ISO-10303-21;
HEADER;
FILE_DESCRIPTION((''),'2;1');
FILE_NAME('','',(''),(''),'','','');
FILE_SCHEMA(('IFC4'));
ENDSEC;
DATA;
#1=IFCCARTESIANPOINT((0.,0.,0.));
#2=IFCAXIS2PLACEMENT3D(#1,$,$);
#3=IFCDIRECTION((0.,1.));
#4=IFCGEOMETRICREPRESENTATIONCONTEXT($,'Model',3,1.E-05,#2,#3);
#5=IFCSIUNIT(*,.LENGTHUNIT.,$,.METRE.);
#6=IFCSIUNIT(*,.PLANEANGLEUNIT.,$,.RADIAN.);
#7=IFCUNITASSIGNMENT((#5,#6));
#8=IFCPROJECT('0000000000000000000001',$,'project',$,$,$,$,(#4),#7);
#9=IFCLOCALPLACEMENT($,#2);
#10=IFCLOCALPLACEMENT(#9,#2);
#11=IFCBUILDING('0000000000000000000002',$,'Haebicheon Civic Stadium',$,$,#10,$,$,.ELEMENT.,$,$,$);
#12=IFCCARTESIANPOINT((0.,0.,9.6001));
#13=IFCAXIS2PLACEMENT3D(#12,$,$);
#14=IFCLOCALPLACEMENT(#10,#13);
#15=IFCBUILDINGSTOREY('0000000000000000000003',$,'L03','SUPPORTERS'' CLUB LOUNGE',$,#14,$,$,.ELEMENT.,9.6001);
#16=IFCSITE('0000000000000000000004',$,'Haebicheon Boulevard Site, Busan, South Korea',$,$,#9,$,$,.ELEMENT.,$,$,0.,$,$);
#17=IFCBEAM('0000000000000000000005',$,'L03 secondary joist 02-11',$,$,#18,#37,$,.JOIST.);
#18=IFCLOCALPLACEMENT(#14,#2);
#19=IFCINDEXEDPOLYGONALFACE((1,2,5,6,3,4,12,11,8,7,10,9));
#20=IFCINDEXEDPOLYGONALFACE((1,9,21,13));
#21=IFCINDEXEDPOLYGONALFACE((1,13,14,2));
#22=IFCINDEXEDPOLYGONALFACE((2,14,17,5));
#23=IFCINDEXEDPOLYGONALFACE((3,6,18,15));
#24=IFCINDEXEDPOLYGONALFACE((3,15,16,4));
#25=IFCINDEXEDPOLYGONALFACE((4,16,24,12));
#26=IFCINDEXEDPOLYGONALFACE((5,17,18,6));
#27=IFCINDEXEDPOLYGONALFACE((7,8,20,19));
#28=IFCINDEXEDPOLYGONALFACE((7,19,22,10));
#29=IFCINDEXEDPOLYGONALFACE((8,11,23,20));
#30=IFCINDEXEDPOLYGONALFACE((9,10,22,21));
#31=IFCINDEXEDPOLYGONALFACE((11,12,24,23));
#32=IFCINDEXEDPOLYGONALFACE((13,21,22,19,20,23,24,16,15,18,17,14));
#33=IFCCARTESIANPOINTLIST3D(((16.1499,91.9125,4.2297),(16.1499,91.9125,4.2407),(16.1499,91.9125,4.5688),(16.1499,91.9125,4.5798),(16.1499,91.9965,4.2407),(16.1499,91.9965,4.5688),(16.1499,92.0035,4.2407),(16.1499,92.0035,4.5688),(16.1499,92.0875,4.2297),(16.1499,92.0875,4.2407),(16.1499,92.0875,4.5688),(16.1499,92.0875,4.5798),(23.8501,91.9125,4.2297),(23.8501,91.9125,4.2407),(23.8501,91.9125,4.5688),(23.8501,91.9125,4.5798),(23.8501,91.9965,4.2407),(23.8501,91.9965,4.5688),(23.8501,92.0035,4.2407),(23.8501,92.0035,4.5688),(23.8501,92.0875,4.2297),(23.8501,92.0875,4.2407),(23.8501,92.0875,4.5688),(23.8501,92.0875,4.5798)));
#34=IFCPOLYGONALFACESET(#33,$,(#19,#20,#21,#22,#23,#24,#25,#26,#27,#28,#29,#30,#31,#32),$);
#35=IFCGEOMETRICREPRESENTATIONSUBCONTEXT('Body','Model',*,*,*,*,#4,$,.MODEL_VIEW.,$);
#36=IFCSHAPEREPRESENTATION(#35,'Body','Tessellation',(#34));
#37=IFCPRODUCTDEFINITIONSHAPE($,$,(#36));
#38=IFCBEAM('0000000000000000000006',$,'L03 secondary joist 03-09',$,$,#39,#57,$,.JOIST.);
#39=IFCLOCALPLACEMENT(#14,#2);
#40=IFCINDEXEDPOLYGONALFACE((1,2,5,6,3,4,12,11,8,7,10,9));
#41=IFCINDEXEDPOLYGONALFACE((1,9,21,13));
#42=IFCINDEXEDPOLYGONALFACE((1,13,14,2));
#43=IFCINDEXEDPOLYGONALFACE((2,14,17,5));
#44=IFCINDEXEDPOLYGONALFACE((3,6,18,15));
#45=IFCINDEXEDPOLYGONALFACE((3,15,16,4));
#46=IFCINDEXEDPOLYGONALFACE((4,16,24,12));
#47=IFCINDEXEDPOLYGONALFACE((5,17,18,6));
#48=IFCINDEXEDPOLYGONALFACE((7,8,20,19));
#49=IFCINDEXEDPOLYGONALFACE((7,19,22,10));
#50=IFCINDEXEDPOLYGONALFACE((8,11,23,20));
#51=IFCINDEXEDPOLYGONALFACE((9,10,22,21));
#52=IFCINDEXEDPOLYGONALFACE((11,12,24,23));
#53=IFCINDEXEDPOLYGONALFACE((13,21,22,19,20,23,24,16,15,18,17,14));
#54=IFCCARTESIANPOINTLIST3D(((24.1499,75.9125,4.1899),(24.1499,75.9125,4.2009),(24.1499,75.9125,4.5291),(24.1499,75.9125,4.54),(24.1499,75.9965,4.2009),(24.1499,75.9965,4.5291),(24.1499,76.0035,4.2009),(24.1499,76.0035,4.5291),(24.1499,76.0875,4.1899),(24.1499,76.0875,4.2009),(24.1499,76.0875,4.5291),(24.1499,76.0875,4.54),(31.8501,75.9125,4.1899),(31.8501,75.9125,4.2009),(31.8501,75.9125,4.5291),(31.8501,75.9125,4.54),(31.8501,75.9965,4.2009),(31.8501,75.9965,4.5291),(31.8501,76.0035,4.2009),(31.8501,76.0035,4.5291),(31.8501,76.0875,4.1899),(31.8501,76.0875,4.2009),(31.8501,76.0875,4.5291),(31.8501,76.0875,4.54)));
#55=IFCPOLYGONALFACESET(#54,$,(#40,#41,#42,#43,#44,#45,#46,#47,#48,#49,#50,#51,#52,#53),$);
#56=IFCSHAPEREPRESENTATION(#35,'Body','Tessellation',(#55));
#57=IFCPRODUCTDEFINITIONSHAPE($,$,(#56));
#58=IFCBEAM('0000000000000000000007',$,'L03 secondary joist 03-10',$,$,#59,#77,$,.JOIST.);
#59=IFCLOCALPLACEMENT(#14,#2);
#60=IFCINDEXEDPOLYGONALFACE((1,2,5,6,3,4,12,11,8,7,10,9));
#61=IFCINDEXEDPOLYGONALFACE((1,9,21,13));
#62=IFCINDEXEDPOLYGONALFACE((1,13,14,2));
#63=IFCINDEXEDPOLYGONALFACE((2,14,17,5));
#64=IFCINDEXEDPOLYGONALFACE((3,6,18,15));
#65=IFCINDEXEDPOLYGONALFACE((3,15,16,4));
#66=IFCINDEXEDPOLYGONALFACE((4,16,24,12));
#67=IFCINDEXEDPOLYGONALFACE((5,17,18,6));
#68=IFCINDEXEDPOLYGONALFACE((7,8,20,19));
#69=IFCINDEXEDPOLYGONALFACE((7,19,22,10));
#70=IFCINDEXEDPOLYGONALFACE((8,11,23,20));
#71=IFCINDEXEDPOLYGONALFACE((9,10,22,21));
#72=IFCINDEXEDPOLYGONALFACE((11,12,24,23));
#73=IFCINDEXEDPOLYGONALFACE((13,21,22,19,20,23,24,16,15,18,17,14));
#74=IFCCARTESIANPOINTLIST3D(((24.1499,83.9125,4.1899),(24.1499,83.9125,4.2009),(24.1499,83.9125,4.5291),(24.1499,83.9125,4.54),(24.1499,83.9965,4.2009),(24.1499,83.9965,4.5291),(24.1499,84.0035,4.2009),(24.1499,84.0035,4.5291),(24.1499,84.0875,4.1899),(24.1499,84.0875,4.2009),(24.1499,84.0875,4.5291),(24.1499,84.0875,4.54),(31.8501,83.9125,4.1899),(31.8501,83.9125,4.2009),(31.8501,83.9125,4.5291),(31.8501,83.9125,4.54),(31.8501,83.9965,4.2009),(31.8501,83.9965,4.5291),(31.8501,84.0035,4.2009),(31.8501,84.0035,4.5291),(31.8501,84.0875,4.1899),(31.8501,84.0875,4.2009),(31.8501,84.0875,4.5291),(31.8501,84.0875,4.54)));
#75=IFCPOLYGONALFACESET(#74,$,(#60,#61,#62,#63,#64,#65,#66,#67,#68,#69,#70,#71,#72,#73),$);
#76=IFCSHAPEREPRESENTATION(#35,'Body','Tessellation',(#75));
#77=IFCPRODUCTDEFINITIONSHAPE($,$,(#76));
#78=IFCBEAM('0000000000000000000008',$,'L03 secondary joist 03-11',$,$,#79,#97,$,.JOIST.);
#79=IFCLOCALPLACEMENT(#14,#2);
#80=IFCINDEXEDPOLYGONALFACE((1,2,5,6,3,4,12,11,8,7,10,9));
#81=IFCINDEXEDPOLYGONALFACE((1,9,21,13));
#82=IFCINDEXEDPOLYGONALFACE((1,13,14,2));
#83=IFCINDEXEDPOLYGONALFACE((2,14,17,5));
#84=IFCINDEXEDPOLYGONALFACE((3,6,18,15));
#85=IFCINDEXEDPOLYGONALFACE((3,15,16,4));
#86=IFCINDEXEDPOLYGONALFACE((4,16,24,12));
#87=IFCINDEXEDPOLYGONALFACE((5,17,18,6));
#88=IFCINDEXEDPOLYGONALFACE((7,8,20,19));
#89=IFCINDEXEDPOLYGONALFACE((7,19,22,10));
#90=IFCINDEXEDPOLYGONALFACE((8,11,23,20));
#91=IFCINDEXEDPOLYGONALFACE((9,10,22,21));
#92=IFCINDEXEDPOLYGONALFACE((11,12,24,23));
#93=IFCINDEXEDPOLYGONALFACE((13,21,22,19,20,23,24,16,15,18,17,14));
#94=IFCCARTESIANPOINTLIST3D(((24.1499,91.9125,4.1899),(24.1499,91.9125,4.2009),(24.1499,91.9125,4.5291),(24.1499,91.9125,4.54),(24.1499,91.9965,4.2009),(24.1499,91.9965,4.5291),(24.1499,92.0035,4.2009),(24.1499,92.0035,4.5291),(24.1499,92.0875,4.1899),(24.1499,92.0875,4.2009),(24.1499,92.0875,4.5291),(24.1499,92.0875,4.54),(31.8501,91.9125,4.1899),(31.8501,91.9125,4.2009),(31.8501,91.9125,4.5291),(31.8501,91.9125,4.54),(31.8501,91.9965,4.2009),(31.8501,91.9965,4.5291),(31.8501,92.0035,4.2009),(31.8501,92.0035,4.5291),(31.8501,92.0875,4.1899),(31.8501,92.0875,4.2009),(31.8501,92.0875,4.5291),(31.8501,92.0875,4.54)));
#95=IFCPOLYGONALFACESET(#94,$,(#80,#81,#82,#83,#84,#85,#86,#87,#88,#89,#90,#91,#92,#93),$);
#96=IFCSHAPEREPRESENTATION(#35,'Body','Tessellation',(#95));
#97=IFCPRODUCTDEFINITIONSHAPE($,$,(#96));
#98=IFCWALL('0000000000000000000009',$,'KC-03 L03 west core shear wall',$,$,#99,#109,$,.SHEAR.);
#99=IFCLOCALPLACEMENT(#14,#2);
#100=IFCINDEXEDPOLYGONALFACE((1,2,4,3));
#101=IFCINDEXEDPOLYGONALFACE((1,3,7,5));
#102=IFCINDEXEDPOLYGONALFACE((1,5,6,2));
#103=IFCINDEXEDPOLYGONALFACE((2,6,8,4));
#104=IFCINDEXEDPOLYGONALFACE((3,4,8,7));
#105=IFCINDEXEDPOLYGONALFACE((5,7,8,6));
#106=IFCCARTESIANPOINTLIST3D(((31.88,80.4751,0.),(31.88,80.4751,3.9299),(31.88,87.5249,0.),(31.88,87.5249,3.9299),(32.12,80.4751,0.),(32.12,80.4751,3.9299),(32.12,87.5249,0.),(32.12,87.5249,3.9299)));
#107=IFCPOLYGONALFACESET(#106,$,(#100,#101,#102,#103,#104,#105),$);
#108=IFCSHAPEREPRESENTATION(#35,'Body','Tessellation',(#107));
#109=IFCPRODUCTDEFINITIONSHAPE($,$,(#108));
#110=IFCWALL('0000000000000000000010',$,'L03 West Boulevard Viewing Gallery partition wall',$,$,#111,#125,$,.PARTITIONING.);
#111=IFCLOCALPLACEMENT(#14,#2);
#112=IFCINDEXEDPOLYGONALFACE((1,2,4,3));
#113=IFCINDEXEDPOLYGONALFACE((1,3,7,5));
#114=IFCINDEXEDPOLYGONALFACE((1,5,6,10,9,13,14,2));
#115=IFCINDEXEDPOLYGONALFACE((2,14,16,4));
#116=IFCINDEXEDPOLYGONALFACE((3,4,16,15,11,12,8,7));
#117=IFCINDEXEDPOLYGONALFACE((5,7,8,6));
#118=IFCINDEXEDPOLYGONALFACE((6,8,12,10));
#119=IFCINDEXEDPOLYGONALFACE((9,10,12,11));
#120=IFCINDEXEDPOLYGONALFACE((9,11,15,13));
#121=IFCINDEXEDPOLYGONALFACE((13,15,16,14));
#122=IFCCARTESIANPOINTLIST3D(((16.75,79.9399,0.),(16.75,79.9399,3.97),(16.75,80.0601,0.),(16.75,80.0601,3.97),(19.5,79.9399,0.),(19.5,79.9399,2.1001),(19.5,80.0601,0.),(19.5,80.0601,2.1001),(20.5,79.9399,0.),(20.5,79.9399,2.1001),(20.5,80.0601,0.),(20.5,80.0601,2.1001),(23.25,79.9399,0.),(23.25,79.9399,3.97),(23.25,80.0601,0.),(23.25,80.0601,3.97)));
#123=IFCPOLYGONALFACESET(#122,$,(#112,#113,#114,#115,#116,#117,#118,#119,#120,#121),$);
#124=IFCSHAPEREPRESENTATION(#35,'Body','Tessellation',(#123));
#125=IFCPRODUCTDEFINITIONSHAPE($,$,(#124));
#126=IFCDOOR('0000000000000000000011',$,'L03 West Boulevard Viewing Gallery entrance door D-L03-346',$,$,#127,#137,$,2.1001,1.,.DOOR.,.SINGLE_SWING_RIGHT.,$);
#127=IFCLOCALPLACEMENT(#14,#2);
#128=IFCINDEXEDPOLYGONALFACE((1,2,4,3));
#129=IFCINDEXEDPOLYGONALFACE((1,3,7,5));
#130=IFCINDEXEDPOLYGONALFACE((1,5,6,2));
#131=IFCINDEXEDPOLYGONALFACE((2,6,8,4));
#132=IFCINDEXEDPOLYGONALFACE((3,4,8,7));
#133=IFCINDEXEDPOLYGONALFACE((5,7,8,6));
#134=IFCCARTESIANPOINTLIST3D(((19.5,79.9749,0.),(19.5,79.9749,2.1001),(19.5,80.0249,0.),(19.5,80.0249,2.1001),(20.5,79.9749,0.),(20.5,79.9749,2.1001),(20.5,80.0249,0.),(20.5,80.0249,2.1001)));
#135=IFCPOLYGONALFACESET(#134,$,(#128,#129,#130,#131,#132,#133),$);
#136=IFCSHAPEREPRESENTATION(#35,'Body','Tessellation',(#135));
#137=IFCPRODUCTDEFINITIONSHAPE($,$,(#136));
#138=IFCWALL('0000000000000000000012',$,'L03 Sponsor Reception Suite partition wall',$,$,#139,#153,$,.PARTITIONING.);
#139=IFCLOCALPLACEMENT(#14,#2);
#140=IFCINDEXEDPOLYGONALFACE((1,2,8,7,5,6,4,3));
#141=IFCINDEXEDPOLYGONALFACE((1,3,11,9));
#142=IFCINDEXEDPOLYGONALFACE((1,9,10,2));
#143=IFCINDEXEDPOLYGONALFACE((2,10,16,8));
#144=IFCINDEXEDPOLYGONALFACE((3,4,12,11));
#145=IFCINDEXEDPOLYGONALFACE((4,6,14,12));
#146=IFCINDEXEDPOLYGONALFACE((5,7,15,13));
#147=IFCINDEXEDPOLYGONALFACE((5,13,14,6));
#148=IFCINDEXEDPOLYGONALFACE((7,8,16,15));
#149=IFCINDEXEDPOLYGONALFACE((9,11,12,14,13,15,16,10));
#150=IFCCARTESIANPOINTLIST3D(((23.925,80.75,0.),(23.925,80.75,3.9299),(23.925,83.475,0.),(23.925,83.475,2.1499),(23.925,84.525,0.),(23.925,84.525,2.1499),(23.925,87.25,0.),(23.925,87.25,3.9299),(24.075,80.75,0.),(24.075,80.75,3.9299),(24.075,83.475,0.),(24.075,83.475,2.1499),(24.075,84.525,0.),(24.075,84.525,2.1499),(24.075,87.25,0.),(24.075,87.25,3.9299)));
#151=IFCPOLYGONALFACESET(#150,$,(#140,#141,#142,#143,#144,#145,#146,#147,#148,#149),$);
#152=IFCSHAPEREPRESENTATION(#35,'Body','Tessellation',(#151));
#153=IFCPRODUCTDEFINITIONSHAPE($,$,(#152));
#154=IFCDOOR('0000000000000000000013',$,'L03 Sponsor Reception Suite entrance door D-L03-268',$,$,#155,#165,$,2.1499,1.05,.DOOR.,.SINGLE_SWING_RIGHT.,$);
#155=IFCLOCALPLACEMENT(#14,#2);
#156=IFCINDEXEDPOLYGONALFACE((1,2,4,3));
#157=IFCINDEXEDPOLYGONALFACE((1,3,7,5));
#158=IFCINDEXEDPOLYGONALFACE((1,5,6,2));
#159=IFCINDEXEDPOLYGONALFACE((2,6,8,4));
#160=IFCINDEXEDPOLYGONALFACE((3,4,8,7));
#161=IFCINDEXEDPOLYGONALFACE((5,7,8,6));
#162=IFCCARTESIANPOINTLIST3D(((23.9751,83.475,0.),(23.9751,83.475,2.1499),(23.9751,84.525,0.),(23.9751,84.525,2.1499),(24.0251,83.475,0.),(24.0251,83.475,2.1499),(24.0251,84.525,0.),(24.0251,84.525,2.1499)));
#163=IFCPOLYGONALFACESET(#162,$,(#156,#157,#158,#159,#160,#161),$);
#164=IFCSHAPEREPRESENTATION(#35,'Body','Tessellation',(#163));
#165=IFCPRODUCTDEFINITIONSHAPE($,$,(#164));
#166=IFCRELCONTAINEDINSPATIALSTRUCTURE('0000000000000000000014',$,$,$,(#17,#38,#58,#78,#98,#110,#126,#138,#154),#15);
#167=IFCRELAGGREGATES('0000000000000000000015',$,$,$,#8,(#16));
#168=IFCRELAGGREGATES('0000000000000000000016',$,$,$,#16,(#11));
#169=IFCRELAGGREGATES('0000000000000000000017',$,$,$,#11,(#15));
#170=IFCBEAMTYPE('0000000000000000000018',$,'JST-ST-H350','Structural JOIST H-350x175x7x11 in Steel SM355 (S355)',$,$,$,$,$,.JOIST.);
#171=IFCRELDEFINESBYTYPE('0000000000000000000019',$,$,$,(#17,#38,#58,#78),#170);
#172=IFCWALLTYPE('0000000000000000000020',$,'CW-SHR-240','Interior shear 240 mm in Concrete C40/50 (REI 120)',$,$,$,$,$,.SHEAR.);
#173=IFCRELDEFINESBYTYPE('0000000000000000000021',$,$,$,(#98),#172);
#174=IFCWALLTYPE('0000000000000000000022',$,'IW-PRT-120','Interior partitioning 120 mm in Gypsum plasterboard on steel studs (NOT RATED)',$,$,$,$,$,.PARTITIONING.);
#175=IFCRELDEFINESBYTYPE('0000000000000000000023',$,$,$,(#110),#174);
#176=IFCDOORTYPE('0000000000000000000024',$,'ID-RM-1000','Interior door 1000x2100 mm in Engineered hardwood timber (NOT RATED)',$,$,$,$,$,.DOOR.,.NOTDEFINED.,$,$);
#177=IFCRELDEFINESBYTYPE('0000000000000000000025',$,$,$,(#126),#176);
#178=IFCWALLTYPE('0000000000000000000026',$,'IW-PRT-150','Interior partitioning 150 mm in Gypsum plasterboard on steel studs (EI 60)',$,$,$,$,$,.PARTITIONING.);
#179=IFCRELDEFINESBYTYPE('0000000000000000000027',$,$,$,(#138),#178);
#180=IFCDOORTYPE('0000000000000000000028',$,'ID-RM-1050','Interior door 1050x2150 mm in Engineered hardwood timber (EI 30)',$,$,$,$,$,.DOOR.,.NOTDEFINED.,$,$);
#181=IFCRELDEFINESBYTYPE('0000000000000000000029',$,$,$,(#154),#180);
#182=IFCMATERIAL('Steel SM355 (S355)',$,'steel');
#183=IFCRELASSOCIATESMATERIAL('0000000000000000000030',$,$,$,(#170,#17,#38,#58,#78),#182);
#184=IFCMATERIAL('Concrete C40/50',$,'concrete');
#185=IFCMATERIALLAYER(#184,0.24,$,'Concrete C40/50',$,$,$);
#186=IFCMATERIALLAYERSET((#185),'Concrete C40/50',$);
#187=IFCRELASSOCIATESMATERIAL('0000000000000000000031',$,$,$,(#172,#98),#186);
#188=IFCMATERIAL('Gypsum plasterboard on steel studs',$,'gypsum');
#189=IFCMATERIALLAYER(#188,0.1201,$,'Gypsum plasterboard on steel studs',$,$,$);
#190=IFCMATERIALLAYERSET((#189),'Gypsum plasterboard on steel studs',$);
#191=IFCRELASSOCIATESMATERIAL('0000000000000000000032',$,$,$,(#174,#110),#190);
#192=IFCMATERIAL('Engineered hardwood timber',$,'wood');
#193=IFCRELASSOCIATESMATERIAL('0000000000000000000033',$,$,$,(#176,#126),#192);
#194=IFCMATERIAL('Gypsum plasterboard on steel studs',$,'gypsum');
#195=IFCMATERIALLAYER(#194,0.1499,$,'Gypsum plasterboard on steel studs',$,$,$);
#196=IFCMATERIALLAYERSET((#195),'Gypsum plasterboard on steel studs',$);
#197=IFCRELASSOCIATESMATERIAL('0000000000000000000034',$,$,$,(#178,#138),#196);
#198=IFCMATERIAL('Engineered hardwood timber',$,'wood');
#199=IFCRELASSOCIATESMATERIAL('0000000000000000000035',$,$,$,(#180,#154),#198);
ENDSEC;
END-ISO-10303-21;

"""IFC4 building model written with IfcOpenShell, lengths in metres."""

from ifc_helpers import new_model, si_unit, direction, frame, frame_2d, origin, origin_2d, place, context, subcontext, project, spatial, rectangle, i_section, extrude, material, layer, layer_set, material_profile, profile_set, type_object, element, fill, save


model = new_model("IFC4")

# Units and contexts
model_context = context("Model", 3, precision=1e-05, world=origin(), true_north=direction((0.0, 1.0)))
body_context = subcontext(model_context, "Body", "Model", "MODEL_VIEW")
ifc_project = project(units=[si_unit("LENGTHUNIT", "METRE"), si_unit("PLANEANGLEUNIT", "RADIAN")], contexts=[model_context])

# Site, building, storey
site_placement = place(None, origin())
site = spatial("IfcSite", under=ifc_project, at=site_placement, Name="Haebicheon Boulevard Site, Busan, South Korea", CompositionType="ELEMENT", RefElevation=0.0)
building_placement = place(site_placement, origin())
building = spatial("IfcBuilding", under=site, at=building_placement, Name="Haebicheon Civic Stadium", CompositionType="ELEMENT")
storey_placement = place(building_placement, frame((0.0, 0.0, 9.6001)))
storey = spatial("IfcBuildingStorey", under=building, at=storey_placement, Name="L03", Description="SUPPORTERS' CLUB LOUNGE", CompositionType="ELEMENT", Elevation=9.6001)

# Beams
ifc_material_1 = material(Name="Steel SM355 (S355)", Category="steel")
ifc_material_profile_1 = material_profile(ifc_material_1, i_section(OverallWidth=0.175, OverallDepth=0.3501, WebThickness=0.0071, FlangeThickness=0.011, at=origin_2d()), Name="H-350x175x7x11")
ifc_profile_set_1 = profile_set([ifc_material_profile_1], Name="Steel SM355 (S355)")
beam_type_1 = type_object("IfcBeamType", Name="JST-ST-H350", Description="Structural JOIST H-350x175x7x11 in Steel SM355 (S355)", PredefinedType="JOIST", material=ifc_profile_set_1)
for number, where, z_axis, x_axis, name in (
    (1, (16.1499, 92.0, 4.4048), (1.0, 0.0, 0.0), (0.0, 1.0, 0.0), "L03 secondary joist 02-11"),
    (2, (24.1499, 76.0, 4.365), (1.0, 0.0, 0.0), (0.0, 1.0, 0.0), "L03 secondary joist 03-09"),
    (3, (24.1499, 84.0, 4.365), (1.0, 0.0, 0.0), (0.0, 1.0, 0.0), "L03 secondary joist 03-10"),
    (4, (24.1499, 92.0, 4.365), (1.0, 0.0, 0.0), (0.0, 1.0, 0.0), "L03 secondary joist 03-11"),
):
    element("IfcBeam", number, at=place(storey_placement, frame(where, z_axis=z_axis, x_axis=x_axis)), inside=storey, type_object=beam_type_1, material=ifc_profile_set_1, Name=name, PredefinedType="JOIST", context=body_context, shape_type="SweptSolid", body=[
        extrude(i_section(OverallWidth=0.175, OverallDepth=0.3501, WebThickness=0.0071, FlangeThickness=0.011, at=origin_2d()), origin(), (0.0, 0.0, 1.0), 7.7002),
    ])

# Wall
ifc_material_2 = material(Name="Concrete C40/50", Category="concrete")
ifc_layer_1 = layer(ifc_material_2, 0.24, Name="Concrete C40/50")
ifc_layer_set_1 = layer_set([ifc_layer_1], Name="Concrete C40/50")
wall_type_1 = type_object("IfcWallType", Name="CW-SHR-240", Description="Interior shear 240 mm in Concrete C40/50 (REI 120)", PredefinedType="SHEAR", material=ifc_layer_set_1)
wall_1_placement = place(storey_placement, frame((32.0, 80.4751, 0.0), z_axis=(0.0, 0.0, 1.0), x_axis=(0.0, 1.0, 0.0)))
element("IfcWall", 5, at=wall_1_placement, inside=storey, type_object=wall_type_1, material=ifc_layer_set_1, Name="KC-03 L03 west core shear wall", PredefinedType="SHEAR", context=body_context, shape_type="SweptSolid", body=[
    extrude(rectangle(XDim=7.0498, YDim=0.24, at=frame_2d((3.5249, 0.0))), origin(), (0.0, 0.0, 1.0), 3.9299),
])

# Walls, openings, doors
ifc_material_3 = material(Name="Gypsum plasterboard on steel studs", Category="gypsum")
ifc_layer_2 = layer(ifc_material_3, 0.1201, Name="Gypsum plasterboard on steel studs")
ifc_layer_set_2 = layer_set([ifc_layer_2], Name="Gypsum plasterboard on steel studs")
wall_type_2 = type_object("IfcWallType", Name="IW-PRT-120", Description="Interior partitioning 120 mm in Gypsum plasterboard on steel studs (NOT RATED)", PredefinedType="PARTITIONING", material=ifc_layer_set_2)
wall_2_placement = place(storey_placement, frame((16.75, 80.0, 0.0), z_axis=(0.0, 0.0, 1.0), x_axis=(1.0, 0.0, 0.0)))
wall_2 = element("IfcWall", 6, at=wall_2_placement, inside=storey, type_object=wall_type_2, material=ifc_layer_set_2, Name="L03 West Boulevard Viewing Gallery partition wall", PredefinedType="PARTITIONING", context=body_context, shape_type="SweptSolid", body=[
    extrude(rectangle(XDim=6.5, YDim=0.1201, at=frame_2d((3.25, 0.0))), origin(), (0.0, 0.0, 1.0), 3.97),
])
opening_1_placement = place(wall_2_placement, frame((2.75, 0.0, 0.0)))
opening_1 = element("IfcOpeningElement", 7, at=opening_1_placement, cuts=wall_2, PredefinedType="OPENING", context=body_context, shape_type="SweptSolid", body=[
    extrude(rectangle(XDim=1.0, YDim=2.1001, at=frame_2d((0.5, 1.05))), frame((0.0, 0.0701, 0.0), z_axis=(0.0, -1.0, 0.0), x_axis=(1.0, 0.0, 0.0)), (0.0, 0.0, 1.0), 0.1401),
])
ifc_material_4 = material(Name="Engineered hardwood timber", Category="wood")
door_type_1 = type_object("IfcDoorType", Name="ID-RM-1000", Description="Interior door 1000x2100 mm in Engineered hardwood timber (NOT RATED)", OperationType="NOTDEFINED", PredefinedType="DOOR", material=ifc_material_4)
door_1_placement = place(opening_1_placement, origin())
door_1 = element("IfcDoor", 8, at=door_1_placement, inside=storey, type_object=door_type_1, material=ifc_material_4, Name="L03 West Boulevard Viewing Gallery entrance door D-L03-346", OperationType="SINGLE_SWING_RIGHT", OverallHeight=2.1001, OverallWidth=1.0, PredefinedType="DOOR", context=body_context, shape_type="SweptSolid", body=[
    extrude(rectangle(XDim=1.0, YDim=2.1001, at=frame_2d((0.5, 1.05))), frame((0.0, 0.0249, 0.0), z_axis=(0.0, -1.0, 0.0), x_axis=(1.0, 0.0, 0.0)), (0.0, 0.0, 1.0), 0.05),
])
fill(opening_1, door_1)
ifc_material_5 = material(Name="Gypsum plasterboard on steel studs", Category="gypsum")
ifc_layer_3 = layer(ifc_material_5, 0.1499, Name="Gypsum plasterboard on steel studs")
ifc_layer_set_3 = layer_set([ifc_layer_3], Name="Gypsum plasterboard on steel studs")
wall_type_3 = type_object("IfcWallType", Name="IW-PRT-150", Description="Interior partitioning 150 mm in Gypsum plasterboard on steel studs (EI 60)", PredefinedType="PARTITIONING", material=ifc_layer_set_3)
wall_3_placement = place(storey_placement, frame((24.0, 80.75, 0.0), z_axis=(0.0, 0.0, 1.0), x_axis=(0.0, 1.0, 0.0)))
wall_3 = element("IfcWall", 9, at=wall_3_placement, inside=storey, type_object=wall_type_3, material=ifc_layer_set_3, Name="L03 Sponsor Reception Suite partition wall", PredefinedType="PARTITIONING", context=body_context, shape_type="SweptSolid", body=[
    extrude(rectangle(XDim=6.5, YDim=0.1499, at=frame_2d((3.25, 0.0))), origin(), (0.0, 0.0, 1.0), 3.9299),
])
opening_2_placement = place(wall_3_placement, frame((2.7251, 0.0, 0.0)))
opening_2 = element("IfcOpeningElement", 10, at=opening_2_placement, cuts=wall_3, PredefinedType="OPENING", context=body_context, shape_type="SweptSolid", body=[
    extrude(rectangle(XDim=1.05, YDim=2.1499, at=frame_2d((0.5249, 1.075))), frame((0.0, 0.085, 0.0), z_axis=(0.0, -1.0, 0.0), x_axis=(1.0, 0.0, 0.0)), (0.0, 0.0, 1.0), 0.1699),
])
ifc_material_6 = material(Name="Engineered hardwood timber", Category="wood")
door_type_2 = type_object("IfcDoorType", Name="ID-RM-1050", Description="Interior door 1050x2150 mm in Engineered hardwood timber (EI 30)", OperationType="NOTDEFINED", PredefinedType="DOOR", material=ifc_material_6)
door_2_placement = place(opening_2_placement, origin())
door_2 = element("IfcDoor", 11, at=door_2_placement, inside=storey, type_object=door_type_2, material=ifc_material_6, Name="L03 Sponsor Reception Suite entrance door D-L03-268", OperationType="SINGLE_SWING_RIGHT", OverallHeight=2.1499, OverallWidth=1.05, PredefinedType="DOOR", context=body_context, shape_type="SweptSolid", body=[
    extrude(rectangle(XDim=1.05, YDim=2.1499, at=frame_2d((0.5249, 1.075))), frame((0.0, 0.0249, 0.0), z_axis=(0.0, -1.0, 0.0), x_axis=(1.0, 0.0, 0.0)), (0.0, 0.0, 1.0), 0.05),
])
fill(opening_2, door_2)

save(model, "model.ifc")
